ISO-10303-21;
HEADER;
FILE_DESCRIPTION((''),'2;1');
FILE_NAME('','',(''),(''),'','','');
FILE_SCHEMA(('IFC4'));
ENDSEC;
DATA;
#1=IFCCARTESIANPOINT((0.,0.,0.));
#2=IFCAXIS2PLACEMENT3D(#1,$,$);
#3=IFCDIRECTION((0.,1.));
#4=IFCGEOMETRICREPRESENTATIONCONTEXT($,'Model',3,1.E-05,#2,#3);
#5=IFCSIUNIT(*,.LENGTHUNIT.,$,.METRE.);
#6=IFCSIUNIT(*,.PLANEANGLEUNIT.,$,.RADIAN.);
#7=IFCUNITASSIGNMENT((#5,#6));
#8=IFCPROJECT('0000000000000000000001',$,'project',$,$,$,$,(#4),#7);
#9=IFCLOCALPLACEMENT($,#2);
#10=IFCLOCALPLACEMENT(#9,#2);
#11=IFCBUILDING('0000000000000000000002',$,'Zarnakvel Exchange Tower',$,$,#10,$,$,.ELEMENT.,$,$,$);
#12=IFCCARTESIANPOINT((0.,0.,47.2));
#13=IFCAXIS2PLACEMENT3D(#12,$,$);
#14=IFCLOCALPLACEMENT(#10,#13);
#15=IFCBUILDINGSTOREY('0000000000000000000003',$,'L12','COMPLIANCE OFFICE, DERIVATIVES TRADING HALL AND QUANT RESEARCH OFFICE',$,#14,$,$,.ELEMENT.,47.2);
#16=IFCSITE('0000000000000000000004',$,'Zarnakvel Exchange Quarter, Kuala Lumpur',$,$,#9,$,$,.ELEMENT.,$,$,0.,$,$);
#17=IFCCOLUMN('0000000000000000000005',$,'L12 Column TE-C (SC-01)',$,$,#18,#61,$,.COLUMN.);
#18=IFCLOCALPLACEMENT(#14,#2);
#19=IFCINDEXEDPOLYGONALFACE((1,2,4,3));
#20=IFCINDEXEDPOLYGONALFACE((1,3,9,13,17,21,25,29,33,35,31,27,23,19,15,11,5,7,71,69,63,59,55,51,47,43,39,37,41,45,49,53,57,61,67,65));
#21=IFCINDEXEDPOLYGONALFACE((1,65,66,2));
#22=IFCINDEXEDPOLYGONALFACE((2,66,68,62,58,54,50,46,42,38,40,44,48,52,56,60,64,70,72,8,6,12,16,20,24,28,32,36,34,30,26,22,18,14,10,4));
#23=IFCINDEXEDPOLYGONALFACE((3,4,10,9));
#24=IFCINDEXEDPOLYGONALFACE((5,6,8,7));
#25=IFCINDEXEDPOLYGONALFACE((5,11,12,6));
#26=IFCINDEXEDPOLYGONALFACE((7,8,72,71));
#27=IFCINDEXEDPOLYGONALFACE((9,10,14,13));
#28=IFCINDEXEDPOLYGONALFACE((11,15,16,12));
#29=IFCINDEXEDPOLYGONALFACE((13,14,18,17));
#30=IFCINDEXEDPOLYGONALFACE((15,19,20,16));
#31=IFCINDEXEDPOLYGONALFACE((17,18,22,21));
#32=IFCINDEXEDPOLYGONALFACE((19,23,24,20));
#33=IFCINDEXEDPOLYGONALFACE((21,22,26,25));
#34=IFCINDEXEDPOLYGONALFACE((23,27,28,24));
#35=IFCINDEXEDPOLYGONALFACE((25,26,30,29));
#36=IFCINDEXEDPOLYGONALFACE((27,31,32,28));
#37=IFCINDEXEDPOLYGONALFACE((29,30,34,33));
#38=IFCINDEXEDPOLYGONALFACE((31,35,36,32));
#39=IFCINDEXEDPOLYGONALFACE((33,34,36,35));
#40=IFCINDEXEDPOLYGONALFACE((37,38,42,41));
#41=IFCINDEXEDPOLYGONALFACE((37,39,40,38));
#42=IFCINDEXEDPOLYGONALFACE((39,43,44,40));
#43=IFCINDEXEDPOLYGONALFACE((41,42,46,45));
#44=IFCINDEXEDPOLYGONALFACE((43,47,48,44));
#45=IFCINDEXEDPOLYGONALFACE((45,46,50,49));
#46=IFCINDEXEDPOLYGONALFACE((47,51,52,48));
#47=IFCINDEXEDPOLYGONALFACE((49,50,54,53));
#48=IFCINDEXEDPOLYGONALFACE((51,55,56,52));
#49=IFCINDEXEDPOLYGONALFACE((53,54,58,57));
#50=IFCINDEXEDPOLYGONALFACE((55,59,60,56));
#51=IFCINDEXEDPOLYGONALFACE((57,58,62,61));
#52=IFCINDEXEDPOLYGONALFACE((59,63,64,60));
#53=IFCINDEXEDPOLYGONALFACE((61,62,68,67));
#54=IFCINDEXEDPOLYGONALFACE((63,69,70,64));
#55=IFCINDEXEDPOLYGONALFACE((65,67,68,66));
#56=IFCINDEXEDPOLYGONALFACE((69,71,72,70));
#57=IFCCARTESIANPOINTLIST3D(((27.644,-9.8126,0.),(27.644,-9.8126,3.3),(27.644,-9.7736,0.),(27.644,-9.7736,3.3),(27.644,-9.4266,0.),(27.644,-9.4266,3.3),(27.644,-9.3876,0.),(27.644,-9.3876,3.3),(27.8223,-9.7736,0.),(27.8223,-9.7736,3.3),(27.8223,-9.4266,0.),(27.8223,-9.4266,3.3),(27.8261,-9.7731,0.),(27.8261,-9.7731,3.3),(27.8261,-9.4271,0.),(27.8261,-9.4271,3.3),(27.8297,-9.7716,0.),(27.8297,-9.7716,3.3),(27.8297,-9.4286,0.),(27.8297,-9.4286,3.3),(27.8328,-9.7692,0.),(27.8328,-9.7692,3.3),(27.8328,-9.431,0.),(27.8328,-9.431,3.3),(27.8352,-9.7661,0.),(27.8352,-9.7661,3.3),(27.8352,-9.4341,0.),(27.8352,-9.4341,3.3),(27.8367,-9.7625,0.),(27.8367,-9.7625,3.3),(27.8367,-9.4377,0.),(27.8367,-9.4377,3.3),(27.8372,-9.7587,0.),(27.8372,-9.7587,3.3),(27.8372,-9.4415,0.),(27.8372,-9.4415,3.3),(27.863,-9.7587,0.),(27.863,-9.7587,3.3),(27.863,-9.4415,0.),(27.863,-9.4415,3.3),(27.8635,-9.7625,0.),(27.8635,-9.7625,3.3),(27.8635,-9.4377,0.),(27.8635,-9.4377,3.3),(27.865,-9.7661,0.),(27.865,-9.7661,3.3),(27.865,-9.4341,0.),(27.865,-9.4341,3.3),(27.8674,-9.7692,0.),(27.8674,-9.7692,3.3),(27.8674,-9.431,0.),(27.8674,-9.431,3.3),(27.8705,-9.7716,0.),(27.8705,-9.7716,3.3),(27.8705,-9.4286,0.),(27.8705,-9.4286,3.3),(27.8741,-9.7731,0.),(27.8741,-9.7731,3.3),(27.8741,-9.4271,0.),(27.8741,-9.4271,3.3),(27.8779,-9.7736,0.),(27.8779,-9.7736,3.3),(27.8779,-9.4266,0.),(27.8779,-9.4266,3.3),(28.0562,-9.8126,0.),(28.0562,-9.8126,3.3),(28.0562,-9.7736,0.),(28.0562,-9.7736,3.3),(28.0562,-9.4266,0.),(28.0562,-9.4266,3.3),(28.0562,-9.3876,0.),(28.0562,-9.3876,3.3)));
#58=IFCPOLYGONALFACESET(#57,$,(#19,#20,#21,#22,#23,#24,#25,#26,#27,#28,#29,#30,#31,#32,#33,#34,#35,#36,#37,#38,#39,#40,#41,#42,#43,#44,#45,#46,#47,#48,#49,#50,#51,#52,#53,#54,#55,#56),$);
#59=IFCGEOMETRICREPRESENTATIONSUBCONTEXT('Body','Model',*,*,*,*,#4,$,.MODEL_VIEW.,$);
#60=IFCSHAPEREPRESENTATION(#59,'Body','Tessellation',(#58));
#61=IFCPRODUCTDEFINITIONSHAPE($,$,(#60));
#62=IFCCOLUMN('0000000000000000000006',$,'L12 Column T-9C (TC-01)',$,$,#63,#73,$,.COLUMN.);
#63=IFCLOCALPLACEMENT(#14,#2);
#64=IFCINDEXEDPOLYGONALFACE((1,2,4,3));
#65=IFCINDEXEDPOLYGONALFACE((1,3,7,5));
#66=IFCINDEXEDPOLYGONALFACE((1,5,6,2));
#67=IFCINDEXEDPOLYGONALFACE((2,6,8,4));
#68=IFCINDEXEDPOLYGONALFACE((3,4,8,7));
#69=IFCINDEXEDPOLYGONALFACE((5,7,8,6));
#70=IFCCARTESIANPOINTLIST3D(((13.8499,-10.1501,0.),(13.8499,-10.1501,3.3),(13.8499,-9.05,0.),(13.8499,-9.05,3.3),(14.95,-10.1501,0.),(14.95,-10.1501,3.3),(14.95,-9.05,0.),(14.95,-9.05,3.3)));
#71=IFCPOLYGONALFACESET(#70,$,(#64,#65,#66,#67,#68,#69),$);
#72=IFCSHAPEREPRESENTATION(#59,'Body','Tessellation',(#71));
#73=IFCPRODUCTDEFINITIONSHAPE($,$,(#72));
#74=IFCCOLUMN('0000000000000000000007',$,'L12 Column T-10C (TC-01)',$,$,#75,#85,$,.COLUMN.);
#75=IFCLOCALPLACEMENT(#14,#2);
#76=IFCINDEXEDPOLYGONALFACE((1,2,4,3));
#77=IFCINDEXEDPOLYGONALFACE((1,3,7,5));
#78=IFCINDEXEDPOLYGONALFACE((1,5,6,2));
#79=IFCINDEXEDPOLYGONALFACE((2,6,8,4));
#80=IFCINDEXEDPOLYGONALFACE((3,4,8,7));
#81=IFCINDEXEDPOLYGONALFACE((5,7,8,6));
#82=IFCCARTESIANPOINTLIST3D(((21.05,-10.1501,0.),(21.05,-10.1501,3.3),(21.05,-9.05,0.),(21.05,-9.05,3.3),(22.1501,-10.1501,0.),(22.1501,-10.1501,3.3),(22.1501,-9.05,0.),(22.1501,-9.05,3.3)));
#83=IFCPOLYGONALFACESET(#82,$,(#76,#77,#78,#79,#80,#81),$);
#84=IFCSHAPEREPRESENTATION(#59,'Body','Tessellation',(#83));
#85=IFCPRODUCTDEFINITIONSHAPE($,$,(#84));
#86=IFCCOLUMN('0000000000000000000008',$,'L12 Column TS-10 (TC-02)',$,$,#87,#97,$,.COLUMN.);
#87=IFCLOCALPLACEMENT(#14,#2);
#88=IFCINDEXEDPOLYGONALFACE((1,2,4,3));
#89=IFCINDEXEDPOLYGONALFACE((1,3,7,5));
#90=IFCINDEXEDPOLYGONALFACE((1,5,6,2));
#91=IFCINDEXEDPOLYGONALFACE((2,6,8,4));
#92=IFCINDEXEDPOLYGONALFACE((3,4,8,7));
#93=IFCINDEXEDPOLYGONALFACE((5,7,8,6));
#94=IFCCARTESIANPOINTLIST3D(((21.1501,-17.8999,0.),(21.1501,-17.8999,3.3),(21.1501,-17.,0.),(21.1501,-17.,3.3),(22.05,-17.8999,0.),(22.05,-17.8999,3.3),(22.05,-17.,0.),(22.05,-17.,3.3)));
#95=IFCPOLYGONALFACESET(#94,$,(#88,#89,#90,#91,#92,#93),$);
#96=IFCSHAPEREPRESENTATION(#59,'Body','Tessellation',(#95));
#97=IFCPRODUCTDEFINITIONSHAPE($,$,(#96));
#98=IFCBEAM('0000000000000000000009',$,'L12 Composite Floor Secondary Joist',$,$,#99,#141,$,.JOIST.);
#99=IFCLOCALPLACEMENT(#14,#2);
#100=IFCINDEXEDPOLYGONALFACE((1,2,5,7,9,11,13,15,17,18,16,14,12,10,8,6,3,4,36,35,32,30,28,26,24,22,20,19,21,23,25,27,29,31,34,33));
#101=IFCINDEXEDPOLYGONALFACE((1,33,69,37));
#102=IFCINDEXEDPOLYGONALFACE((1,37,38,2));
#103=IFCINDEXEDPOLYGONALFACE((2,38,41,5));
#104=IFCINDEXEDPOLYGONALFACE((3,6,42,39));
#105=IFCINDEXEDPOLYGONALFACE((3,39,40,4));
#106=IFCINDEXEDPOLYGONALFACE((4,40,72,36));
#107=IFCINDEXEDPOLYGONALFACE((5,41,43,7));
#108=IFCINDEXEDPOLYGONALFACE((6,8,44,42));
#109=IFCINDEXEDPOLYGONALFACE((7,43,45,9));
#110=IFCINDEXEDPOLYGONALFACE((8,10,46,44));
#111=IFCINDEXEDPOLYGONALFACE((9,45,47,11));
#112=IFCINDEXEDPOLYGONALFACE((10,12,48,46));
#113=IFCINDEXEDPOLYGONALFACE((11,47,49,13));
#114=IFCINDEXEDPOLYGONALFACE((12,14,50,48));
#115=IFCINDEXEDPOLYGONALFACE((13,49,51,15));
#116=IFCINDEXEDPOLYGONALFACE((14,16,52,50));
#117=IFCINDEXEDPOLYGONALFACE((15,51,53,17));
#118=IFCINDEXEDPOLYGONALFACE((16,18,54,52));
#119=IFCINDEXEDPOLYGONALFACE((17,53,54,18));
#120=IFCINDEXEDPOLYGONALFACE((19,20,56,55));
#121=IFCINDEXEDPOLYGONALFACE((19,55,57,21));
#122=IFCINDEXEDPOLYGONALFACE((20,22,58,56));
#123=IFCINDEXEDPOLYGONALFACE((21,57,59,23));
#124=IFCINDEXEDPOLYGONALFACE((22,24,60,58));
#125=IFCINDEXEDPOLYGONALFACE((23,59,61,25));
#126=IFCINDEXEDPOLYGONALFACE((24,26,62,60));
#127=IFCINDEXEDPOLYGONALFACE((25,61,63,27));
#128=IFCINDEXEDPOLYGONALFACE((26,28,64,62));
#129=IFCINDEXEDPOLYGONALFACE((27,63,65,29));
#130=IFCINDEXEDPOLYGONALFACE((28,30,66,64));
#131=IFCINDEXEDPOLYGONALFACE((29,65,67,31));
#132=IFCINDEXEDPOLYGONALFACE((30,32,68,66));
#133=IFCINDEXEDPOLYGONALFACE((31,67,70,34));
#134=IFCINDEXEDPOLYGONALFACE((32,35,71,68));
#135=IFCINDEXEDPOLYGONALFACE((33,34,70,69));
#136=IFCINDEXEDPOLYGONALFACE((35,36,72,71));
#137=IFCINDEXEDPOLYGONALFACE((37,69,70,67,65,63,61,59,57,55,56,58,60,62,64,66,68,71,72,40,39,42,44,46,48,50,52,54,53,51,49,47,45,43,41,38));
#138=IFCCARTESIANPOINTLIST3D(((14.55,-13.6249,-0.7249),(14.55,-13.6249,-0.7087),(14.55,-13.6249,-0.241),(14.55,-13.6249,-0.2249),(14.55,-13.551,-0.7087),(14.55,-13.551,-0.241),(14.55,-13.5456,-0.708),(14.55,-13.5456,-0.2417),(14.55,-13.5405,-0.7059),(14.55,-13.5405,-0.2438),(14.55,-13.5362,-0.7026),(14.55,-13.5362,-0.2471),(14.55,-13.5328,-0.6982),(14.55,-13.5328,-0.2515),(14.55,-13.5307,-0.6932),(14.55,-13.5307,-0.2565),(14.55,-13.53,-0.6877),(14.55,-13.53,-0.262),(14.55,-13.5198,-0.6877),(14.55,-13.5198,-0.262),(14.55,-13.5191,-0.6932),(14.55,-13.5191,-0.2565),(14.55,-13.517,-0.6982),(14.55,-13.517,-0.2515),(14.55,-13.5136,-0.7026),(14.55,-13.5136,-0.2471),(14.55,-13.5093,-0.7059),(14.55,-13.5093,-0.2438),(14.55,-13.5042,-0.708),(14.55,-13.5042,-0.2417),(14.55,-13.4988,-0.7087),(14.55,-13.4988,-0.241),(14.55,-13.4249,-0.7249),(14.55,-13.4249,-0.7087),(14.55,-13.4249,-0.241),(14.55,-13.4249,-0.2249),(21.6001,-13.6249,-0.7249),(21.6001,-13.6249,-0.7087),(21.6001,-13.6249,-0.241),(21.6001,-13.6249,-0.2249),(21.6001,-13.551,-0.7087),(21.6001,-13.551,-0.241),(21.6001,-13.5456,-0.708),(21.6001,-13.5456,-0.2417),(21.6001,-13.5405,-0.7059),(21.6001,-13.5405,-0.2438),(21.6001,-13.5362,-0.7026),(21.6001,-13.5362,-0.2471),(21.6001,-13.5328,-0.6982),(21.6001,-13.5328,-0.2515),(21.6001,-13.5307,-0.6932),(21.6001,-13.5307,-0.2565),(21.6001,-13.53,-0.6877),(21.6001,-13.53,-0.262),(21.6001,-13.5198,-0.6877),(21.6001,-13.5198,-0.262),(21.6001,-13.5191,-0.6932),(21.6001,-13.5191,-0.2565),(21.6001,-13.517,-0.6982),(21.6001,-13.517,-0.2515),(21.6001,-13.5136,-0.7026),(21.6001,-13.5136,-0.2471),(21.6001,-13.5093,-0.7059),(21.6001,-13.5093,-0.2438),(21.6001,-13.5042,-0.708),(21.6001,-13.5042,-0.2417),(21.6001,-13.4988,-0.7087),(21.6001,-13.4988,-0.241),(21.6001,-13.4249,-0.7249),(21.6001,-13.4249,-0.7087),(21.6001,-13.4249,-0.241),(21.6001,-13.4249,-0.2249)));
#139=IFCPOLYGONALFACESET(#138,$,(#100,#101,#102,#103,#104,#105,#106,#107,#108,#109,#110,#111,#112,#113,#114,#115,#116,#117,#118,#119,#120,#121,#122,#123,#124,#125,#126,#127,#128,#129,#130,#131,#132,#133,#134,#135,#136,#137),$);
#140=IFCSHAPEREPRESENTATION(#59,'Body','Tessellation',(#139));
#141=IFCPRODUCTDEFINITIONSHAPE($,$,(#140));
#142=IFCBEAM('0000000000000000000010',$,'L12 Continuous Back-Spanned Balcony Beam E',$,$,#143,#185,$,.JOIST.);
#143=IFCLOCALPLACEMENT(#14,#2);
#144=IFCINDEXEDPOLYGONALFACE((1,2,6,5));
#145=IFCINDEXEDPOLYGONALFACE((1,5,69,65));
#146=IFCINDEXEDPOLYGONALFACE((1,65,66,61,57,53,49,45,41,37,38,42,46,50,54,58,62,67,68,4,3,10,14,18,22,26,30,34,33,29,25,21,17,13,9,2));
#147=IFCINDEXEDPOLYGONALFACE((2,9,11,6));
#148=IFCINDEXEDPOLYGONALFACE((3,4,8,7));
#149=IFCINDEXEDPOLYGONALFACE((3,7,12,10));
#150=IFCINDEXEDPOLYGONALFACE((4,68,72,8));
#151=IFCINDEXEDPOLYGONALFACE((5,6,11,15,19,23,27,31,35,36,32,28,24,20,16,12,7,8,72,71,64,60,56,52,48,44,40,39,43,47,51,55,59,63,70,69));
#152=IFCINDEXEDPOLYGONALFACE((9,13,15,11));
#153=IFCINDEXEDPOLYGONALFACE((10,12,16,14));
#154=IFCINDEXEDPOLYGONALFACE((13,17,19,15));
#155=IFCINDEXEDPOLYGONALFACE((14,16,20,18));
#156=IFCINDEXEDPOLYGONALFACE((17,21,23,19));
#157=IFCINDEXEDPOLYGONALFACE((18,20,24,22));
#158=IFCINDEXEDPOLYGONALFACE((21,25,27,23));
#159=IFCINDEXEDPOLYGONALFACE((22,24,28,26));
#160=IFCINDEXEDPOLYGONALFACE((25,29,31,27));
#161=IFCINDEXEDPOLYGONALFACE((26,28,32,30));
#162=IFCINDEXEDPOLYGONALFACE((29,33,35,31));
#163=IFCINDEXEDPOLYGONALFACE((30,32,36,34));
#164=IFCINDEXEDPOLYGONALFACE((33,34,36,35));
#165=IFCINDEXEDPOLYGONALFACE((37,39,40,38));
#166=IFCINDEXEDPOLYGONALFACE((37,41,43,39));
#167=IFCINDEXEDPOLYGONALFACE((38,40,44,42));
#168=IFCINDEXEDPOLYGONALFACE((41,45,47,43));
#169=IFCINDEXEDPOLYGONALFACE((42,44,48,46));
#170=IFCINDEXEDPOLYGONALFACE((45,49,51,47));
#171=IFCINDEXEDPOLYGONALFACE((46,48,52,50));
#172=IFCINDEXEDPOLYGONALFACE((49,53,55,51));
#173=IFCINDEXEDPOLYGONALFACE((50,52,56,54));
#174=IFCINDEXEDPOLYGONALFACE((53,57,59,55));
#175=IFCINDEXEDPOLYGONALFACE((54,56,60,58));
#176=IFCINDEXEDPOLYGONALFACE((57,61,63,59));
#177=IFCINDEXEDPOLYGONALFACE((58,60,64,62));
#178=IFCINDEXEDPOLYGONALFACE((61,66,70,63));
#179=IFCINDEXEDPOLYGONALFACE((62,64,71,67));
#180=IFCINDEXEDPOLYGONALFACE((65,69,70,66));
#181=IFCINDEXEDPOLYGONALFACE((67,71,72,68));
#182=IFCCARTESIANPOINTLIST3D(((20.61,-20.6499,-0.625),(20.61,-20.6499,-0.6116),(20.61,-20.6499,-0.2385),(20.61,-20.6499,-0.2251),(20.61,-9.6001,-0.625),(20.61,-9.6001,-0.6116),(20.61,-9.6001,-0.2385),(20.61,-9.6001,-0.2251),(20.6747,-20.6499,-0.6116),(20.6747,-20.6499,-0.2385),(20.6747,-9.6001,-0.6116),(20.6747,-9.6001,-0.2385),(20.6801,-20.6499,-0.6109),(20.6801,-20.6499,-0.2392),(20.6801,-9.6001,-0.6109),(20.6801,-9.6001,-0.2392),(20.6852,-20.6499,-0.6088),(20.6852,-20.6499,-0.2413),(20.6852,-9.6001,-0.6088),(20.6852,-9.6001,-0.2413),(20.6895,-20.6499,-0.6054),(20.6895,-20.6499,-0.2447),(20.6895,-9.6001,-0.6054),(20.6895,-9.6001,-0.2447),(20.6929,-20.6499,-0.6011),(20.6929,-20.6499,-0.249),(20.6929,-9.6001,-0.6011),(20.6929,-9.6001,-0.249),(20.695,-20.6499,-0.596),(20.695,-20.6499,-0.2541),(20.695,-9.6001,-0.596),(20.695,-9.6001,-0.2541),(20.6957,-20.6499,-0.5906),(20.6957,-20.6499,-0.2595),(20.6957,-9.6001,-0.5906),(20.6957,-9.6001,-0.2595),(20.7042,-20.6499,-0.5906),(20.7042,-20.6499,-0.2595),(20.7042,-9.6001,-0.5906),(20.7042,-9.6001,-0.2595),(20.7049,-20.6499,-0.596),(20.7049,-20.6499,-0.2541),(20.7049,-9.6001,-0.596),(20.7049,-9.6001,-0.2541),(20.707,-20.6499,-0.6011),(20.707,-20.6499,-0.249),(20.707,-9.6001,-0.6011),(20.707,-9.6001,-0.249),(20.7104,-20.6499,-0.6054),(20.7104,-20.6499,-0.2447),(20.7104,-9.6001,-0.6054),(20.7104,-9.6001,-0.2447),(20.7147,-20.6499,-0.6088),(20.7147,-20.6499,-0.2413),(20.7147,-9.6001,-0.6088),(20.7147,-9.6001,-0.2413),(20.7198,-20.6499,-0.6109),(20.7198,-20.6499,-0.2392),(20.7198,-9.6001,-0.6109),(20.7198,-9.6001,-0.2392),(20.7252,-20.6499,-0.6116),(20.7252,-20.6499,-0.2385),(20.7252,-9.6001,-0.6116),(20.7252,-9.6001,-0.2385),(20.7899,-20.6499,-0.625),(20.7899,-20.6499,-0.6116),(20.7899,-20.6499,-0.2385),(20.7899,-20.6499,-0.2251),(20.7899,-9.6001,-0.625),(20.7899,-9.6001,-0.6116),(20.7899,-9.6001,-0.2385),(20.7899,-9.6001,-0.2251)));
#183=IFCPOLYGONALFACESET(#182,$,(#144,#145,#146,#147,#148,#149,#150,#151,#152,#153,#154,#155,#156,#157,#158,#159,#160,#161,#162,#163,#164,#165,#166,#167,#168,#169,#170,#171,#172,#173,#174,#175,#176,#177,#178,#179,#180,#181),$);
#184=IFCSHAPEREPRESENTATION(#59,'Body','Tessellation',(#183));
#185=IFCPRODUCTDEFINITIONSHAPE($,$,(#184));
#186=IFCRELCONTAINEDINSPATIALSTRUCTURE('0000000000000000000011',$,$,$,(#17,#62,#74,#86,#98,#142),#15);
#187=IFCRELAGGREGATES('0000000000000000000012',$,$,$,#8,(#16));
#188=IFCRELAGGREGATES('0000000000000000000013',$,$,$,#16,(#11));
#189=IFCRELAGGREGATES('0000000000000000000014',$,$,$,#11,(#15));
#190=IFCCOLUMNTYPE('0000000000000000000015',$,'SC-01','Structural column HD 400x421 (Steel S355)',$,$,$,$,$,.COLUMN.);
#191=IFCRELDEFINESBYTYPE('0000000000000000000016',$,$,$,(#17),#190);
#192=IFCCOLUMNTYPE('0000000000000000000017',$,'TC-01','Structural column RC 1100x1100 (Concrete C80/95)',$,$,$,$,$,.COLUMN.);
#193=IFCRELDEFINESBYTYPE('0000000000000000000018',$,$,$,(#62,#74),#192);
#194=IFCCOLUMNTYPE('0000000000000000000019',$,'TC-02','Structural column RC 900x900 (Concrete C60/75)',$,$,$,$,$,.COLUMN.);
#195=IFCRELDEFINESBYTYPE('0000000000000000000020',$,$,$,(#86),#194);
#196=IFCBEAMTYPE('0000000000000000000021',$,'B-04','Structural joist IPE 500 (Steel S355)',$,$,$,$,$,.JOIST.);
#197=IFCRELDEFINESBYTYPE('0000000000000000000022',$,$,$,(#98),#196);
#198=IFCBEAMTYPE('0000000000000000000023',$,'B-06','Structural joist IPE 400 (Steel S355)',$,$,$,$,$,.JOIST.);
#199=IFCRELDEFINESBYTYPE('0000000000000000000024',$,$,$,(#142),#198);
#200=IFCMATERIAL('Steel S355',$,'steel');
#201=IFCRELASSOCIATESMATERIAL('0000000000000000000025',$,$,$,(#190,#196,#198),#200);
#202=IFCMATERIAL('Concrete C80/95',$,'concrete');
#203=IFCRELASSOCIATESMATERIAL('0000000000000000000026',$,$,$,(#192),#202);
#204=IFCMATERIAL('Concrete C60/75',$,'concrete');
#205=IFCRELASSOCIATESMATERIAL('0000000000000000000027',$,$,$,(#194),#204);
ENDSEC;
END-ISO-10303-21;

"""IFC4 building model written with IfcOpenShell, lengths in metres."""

from ifc_helpers import new_model, si_unit, direction, frame, origin, origin_2d, place, context, subcontext, project, spatial, rectangle, i_section, extrude, material, material_profile, profile_set, type_object, element, save


model = new_model("IFC4")

# Units and contexts
model_context = context("Model", 3, precision=1e-05, world=origin(), true_north=direction((0.0, 1.0)))
body_context = subcontext(model_context, "Body", "Model", "MODEL_VIEW")
ifc_project = project(units=[si_unit("LENGTHUNIT", "METRE"), si_unit("PLANEANGLEUNIT", "RADIAN")], contexts=[model_context])

# Site, building, storey
site_placement = place(None, origin())
site = spatial("IfcSite", under=ifc_project, at=site_placement, Name="Zarnakvel Exchange Quarter, Kuala Lumpur", CompositionType="ELEMENT", RefElevation=0.0)
building_placement = place(site_placement, origin())
building = spatial("IfcBuilding", under=site, at=building_placement, Name="Zarnakvel Exchange Tower", CompositionType="ELEMENT")
storey_placement = place(building_placement, frame((0.0, 0.0, 47.2)))
storey = spatial("IfcBuildingStorey", under=building, at=storey_placement, Name="L12", Description="COMPLIANCE OFFICE, DERIVATIVES TRADING HALL AND QUANT RESEARCH OFFICE", CompositionType="ELEMENT", Elevation=47.2)

# Columns
ifc_material_1 = material(Name="Steel S355", Category="steel")
ifc_material_profile_1 = material_profile(ifc_material_1, i_section(OverallWidth=0.4121, OverallDepth=0.425, WebThickness=0.0259, FlangeThickness=0.0391, FilletRadius=0.0149, at=origin_2d()))
ifc_profile_set_1 = profile_set([ifc_material_profile_1], Name="Steel S355")
column_type_1 = type_object("IfcColumnType", Name="SC-01", Description="Structural column HD 400x421 (Steel S355)", PredefinedType="COLUMN", material=ifc_profile_set_1)
column_1_placement = place(storey_placement, frame((27.8501, -9.6001, 0.0), z_axis=(0.0, 0.0, 1.0), x_axis=(1.0, 0.0, 0.0)))
element("IfcColumn", 1, at=column_1_placement, inside=storey, type_object=column_type_1, Name="L12 Column TE-C (SC-01)", PredefinedType="COLUMN", context=body_context, shape_type="SweptSolid", body=[
    extrude(i_section(OverallWidth=0.4121, OverallDepth=0.425, WebThickness=0.0259, FlangeThickness=0.0391, FilletRadius=0.0149, at=origin_2d()), origin(), (0.0, 0.0, 1.0), 3.3),
])
ifc_material_2 = material(Name="Concrete C80/95", Category="concrete")
ifc_material_profile_2 = material_profile(ifc_material_2, rectangle(XDim=1.1001, YDim=1.1001, at=origin_2d()))
ifc_profile_set_2 = profile_set([ifc_material_profile_2], Name="Concrete C80/95")
column_type_2 = type_object("IfcColumnType", Name="TC-01", Description="Structural column RC 1100x1100 (Concrete C80/95)", PredefinedType="COLUMN", material=ifc_profile_set_2)
for number, where, z_axis, x_axis, name in (
    (2, (14.3999, -9.6001, 0.0), (0.0, 0.0, 1.0), (1.0, 0.0, 0.0), "L12 Column T-9C (TC-01)"),
    (3, (21.6001, -9.6001, 0.0), (0.0, 0.0, 1.0), (1.0, 0.0, 0.0), "L12 Column T-10C (TC-01)"),
):
    element("IfcColumn", number, at=place(storey_placement, frame(where, z_axis=z_axis, x_axis=x_axis)), inside=storey, type_object=column_type_2, Name=name, PredefinedType="COLUMN", context=body_context, shape_type="SweptSolid", body=[
        extrude(rectangle(XDim=1.1001, YDim=1.1001, at=origin_2d()), origin(), (0.0, 0.0, 1.0), 3.3),
    ])
ifc_material_3 = material(Name="Concrete C60/75", Category="concrete")
ifc_material_profile_3 = material_profile(ifc_material_3, rectangle(XDim=0.8999, YDim=0.8999, at=origin_2d()))
ifc_profile_set_3 = profile_set([ifc_material_profile_3], Name="Concrete C60/75")
column_type_3 = type_object("IfcColumnType", Name="TC-02", Description="Structural column RC 900x900 (Concrete C60/75)", PredefinedType="COLUMN", material=ifc_profile_set_3)
column_2_placement = place(storey_placement, frame((21.6001, -17.45, 0.0), z_axis=(0.0, 0.0, 1.0), x_axis=(1.0, 0.0, 0.0)))
element("IfcColumn", 4, at=column_2_placement, inside=storey, type_object=column_type_3, Name="L12 Column TS-10 (TC-02)", PredefinedType="COLUMN", context=body_context, shape_type="SweptSolid", body=[
    extrude(rectangle(XDim=0.8999, YDim=0.8999, at=origin_2d()), origin(), (0.0, 0.0, 1.0), 3.3),
])

# Beams
ifc_material_profile_4 = material_profile(ifc_material_1, i_section(OverallWidth=0.2, OverallDepth=0.5, WebThickness=0.0103, FlangeThickness=0.0161, FilletRadius=0.021, at=origin_2d()))
ifc_profile_set_4 = profile_set([ifc_material_profile_4], Name="Steel S355")
beam_type_1 = type_object("IfcBeamType", Name="B-04", Description="Structural joist IPE 500 (Steel S355)", PredefinedType="JOIST", material=ifc_profile_set_4)
beam_1_placement = place(storey_placement, frame((14.55, -13.5249, -0.4749), z_axis=(1.0, 0.0, 0.0), x_axis=(0.0, 1.0, 0.0)))
element("IfcBeam", 5, at=beam_1_placement, inside=storey, type_object=beam_type_1, Name="L12 Composite Floor Secondary Joist", PredefinedType="JOIST", context=body_context, shape_type="SweptSolid", body=[
    extrude(i_section(OverallWidth=0.2, OverallDepth=0.5, WebThickness=0.0103, FlangeThickness=0.0161, FilletRadius=0.021, at=origin_2d()), origin(), (0.0, 0.0, 1.0), 7.05),
])
ifc_material_profile_5 = material_profile(ifc_material_1, i_section(OverallWidth=0.1799, OverallDepth=0.3999, WebThickness=0.0085, FlangeThickness=0.0134, FilletRadius=0.021, at=origin_2d()))
ifc_profile_set_5 = profile_set([ifc_material_profile_5], Name="Steel S355")
beam_type_2 = type_object("IfcBeamType", Name="B-06", Description="Structural joist IPE 400 (Steel S355)", PredefinedType="JOIST", material=ifc_profile_set_5)
beam_2_placement = place(storey_placement, frame((20.7, -9.6001, -0.425), z_axis=(0.0, -1.0, 0.0), x_axis=(1.0, 0.0, 0.0)))
element("IfcBeam", 6, at=beam_2_placement, inside=storey, type_object=beam_type_2, Name="L12 Continuous Back-Spanned Balcony Beam E", PredefinedType="JOIST", context=body_context, shape_type="SweptSolid", body=[
    extrude(i_section(OverallWidth=0.1799, OverallDepth=0.3999, WebThickness=0.0085, FlangeThickness=0.0134, FilletRadius=0.021, at=origin_2d()), origin(), (0.0, 0.0, 1.0), 11.0498),
])

save(model, "model.ifc")
